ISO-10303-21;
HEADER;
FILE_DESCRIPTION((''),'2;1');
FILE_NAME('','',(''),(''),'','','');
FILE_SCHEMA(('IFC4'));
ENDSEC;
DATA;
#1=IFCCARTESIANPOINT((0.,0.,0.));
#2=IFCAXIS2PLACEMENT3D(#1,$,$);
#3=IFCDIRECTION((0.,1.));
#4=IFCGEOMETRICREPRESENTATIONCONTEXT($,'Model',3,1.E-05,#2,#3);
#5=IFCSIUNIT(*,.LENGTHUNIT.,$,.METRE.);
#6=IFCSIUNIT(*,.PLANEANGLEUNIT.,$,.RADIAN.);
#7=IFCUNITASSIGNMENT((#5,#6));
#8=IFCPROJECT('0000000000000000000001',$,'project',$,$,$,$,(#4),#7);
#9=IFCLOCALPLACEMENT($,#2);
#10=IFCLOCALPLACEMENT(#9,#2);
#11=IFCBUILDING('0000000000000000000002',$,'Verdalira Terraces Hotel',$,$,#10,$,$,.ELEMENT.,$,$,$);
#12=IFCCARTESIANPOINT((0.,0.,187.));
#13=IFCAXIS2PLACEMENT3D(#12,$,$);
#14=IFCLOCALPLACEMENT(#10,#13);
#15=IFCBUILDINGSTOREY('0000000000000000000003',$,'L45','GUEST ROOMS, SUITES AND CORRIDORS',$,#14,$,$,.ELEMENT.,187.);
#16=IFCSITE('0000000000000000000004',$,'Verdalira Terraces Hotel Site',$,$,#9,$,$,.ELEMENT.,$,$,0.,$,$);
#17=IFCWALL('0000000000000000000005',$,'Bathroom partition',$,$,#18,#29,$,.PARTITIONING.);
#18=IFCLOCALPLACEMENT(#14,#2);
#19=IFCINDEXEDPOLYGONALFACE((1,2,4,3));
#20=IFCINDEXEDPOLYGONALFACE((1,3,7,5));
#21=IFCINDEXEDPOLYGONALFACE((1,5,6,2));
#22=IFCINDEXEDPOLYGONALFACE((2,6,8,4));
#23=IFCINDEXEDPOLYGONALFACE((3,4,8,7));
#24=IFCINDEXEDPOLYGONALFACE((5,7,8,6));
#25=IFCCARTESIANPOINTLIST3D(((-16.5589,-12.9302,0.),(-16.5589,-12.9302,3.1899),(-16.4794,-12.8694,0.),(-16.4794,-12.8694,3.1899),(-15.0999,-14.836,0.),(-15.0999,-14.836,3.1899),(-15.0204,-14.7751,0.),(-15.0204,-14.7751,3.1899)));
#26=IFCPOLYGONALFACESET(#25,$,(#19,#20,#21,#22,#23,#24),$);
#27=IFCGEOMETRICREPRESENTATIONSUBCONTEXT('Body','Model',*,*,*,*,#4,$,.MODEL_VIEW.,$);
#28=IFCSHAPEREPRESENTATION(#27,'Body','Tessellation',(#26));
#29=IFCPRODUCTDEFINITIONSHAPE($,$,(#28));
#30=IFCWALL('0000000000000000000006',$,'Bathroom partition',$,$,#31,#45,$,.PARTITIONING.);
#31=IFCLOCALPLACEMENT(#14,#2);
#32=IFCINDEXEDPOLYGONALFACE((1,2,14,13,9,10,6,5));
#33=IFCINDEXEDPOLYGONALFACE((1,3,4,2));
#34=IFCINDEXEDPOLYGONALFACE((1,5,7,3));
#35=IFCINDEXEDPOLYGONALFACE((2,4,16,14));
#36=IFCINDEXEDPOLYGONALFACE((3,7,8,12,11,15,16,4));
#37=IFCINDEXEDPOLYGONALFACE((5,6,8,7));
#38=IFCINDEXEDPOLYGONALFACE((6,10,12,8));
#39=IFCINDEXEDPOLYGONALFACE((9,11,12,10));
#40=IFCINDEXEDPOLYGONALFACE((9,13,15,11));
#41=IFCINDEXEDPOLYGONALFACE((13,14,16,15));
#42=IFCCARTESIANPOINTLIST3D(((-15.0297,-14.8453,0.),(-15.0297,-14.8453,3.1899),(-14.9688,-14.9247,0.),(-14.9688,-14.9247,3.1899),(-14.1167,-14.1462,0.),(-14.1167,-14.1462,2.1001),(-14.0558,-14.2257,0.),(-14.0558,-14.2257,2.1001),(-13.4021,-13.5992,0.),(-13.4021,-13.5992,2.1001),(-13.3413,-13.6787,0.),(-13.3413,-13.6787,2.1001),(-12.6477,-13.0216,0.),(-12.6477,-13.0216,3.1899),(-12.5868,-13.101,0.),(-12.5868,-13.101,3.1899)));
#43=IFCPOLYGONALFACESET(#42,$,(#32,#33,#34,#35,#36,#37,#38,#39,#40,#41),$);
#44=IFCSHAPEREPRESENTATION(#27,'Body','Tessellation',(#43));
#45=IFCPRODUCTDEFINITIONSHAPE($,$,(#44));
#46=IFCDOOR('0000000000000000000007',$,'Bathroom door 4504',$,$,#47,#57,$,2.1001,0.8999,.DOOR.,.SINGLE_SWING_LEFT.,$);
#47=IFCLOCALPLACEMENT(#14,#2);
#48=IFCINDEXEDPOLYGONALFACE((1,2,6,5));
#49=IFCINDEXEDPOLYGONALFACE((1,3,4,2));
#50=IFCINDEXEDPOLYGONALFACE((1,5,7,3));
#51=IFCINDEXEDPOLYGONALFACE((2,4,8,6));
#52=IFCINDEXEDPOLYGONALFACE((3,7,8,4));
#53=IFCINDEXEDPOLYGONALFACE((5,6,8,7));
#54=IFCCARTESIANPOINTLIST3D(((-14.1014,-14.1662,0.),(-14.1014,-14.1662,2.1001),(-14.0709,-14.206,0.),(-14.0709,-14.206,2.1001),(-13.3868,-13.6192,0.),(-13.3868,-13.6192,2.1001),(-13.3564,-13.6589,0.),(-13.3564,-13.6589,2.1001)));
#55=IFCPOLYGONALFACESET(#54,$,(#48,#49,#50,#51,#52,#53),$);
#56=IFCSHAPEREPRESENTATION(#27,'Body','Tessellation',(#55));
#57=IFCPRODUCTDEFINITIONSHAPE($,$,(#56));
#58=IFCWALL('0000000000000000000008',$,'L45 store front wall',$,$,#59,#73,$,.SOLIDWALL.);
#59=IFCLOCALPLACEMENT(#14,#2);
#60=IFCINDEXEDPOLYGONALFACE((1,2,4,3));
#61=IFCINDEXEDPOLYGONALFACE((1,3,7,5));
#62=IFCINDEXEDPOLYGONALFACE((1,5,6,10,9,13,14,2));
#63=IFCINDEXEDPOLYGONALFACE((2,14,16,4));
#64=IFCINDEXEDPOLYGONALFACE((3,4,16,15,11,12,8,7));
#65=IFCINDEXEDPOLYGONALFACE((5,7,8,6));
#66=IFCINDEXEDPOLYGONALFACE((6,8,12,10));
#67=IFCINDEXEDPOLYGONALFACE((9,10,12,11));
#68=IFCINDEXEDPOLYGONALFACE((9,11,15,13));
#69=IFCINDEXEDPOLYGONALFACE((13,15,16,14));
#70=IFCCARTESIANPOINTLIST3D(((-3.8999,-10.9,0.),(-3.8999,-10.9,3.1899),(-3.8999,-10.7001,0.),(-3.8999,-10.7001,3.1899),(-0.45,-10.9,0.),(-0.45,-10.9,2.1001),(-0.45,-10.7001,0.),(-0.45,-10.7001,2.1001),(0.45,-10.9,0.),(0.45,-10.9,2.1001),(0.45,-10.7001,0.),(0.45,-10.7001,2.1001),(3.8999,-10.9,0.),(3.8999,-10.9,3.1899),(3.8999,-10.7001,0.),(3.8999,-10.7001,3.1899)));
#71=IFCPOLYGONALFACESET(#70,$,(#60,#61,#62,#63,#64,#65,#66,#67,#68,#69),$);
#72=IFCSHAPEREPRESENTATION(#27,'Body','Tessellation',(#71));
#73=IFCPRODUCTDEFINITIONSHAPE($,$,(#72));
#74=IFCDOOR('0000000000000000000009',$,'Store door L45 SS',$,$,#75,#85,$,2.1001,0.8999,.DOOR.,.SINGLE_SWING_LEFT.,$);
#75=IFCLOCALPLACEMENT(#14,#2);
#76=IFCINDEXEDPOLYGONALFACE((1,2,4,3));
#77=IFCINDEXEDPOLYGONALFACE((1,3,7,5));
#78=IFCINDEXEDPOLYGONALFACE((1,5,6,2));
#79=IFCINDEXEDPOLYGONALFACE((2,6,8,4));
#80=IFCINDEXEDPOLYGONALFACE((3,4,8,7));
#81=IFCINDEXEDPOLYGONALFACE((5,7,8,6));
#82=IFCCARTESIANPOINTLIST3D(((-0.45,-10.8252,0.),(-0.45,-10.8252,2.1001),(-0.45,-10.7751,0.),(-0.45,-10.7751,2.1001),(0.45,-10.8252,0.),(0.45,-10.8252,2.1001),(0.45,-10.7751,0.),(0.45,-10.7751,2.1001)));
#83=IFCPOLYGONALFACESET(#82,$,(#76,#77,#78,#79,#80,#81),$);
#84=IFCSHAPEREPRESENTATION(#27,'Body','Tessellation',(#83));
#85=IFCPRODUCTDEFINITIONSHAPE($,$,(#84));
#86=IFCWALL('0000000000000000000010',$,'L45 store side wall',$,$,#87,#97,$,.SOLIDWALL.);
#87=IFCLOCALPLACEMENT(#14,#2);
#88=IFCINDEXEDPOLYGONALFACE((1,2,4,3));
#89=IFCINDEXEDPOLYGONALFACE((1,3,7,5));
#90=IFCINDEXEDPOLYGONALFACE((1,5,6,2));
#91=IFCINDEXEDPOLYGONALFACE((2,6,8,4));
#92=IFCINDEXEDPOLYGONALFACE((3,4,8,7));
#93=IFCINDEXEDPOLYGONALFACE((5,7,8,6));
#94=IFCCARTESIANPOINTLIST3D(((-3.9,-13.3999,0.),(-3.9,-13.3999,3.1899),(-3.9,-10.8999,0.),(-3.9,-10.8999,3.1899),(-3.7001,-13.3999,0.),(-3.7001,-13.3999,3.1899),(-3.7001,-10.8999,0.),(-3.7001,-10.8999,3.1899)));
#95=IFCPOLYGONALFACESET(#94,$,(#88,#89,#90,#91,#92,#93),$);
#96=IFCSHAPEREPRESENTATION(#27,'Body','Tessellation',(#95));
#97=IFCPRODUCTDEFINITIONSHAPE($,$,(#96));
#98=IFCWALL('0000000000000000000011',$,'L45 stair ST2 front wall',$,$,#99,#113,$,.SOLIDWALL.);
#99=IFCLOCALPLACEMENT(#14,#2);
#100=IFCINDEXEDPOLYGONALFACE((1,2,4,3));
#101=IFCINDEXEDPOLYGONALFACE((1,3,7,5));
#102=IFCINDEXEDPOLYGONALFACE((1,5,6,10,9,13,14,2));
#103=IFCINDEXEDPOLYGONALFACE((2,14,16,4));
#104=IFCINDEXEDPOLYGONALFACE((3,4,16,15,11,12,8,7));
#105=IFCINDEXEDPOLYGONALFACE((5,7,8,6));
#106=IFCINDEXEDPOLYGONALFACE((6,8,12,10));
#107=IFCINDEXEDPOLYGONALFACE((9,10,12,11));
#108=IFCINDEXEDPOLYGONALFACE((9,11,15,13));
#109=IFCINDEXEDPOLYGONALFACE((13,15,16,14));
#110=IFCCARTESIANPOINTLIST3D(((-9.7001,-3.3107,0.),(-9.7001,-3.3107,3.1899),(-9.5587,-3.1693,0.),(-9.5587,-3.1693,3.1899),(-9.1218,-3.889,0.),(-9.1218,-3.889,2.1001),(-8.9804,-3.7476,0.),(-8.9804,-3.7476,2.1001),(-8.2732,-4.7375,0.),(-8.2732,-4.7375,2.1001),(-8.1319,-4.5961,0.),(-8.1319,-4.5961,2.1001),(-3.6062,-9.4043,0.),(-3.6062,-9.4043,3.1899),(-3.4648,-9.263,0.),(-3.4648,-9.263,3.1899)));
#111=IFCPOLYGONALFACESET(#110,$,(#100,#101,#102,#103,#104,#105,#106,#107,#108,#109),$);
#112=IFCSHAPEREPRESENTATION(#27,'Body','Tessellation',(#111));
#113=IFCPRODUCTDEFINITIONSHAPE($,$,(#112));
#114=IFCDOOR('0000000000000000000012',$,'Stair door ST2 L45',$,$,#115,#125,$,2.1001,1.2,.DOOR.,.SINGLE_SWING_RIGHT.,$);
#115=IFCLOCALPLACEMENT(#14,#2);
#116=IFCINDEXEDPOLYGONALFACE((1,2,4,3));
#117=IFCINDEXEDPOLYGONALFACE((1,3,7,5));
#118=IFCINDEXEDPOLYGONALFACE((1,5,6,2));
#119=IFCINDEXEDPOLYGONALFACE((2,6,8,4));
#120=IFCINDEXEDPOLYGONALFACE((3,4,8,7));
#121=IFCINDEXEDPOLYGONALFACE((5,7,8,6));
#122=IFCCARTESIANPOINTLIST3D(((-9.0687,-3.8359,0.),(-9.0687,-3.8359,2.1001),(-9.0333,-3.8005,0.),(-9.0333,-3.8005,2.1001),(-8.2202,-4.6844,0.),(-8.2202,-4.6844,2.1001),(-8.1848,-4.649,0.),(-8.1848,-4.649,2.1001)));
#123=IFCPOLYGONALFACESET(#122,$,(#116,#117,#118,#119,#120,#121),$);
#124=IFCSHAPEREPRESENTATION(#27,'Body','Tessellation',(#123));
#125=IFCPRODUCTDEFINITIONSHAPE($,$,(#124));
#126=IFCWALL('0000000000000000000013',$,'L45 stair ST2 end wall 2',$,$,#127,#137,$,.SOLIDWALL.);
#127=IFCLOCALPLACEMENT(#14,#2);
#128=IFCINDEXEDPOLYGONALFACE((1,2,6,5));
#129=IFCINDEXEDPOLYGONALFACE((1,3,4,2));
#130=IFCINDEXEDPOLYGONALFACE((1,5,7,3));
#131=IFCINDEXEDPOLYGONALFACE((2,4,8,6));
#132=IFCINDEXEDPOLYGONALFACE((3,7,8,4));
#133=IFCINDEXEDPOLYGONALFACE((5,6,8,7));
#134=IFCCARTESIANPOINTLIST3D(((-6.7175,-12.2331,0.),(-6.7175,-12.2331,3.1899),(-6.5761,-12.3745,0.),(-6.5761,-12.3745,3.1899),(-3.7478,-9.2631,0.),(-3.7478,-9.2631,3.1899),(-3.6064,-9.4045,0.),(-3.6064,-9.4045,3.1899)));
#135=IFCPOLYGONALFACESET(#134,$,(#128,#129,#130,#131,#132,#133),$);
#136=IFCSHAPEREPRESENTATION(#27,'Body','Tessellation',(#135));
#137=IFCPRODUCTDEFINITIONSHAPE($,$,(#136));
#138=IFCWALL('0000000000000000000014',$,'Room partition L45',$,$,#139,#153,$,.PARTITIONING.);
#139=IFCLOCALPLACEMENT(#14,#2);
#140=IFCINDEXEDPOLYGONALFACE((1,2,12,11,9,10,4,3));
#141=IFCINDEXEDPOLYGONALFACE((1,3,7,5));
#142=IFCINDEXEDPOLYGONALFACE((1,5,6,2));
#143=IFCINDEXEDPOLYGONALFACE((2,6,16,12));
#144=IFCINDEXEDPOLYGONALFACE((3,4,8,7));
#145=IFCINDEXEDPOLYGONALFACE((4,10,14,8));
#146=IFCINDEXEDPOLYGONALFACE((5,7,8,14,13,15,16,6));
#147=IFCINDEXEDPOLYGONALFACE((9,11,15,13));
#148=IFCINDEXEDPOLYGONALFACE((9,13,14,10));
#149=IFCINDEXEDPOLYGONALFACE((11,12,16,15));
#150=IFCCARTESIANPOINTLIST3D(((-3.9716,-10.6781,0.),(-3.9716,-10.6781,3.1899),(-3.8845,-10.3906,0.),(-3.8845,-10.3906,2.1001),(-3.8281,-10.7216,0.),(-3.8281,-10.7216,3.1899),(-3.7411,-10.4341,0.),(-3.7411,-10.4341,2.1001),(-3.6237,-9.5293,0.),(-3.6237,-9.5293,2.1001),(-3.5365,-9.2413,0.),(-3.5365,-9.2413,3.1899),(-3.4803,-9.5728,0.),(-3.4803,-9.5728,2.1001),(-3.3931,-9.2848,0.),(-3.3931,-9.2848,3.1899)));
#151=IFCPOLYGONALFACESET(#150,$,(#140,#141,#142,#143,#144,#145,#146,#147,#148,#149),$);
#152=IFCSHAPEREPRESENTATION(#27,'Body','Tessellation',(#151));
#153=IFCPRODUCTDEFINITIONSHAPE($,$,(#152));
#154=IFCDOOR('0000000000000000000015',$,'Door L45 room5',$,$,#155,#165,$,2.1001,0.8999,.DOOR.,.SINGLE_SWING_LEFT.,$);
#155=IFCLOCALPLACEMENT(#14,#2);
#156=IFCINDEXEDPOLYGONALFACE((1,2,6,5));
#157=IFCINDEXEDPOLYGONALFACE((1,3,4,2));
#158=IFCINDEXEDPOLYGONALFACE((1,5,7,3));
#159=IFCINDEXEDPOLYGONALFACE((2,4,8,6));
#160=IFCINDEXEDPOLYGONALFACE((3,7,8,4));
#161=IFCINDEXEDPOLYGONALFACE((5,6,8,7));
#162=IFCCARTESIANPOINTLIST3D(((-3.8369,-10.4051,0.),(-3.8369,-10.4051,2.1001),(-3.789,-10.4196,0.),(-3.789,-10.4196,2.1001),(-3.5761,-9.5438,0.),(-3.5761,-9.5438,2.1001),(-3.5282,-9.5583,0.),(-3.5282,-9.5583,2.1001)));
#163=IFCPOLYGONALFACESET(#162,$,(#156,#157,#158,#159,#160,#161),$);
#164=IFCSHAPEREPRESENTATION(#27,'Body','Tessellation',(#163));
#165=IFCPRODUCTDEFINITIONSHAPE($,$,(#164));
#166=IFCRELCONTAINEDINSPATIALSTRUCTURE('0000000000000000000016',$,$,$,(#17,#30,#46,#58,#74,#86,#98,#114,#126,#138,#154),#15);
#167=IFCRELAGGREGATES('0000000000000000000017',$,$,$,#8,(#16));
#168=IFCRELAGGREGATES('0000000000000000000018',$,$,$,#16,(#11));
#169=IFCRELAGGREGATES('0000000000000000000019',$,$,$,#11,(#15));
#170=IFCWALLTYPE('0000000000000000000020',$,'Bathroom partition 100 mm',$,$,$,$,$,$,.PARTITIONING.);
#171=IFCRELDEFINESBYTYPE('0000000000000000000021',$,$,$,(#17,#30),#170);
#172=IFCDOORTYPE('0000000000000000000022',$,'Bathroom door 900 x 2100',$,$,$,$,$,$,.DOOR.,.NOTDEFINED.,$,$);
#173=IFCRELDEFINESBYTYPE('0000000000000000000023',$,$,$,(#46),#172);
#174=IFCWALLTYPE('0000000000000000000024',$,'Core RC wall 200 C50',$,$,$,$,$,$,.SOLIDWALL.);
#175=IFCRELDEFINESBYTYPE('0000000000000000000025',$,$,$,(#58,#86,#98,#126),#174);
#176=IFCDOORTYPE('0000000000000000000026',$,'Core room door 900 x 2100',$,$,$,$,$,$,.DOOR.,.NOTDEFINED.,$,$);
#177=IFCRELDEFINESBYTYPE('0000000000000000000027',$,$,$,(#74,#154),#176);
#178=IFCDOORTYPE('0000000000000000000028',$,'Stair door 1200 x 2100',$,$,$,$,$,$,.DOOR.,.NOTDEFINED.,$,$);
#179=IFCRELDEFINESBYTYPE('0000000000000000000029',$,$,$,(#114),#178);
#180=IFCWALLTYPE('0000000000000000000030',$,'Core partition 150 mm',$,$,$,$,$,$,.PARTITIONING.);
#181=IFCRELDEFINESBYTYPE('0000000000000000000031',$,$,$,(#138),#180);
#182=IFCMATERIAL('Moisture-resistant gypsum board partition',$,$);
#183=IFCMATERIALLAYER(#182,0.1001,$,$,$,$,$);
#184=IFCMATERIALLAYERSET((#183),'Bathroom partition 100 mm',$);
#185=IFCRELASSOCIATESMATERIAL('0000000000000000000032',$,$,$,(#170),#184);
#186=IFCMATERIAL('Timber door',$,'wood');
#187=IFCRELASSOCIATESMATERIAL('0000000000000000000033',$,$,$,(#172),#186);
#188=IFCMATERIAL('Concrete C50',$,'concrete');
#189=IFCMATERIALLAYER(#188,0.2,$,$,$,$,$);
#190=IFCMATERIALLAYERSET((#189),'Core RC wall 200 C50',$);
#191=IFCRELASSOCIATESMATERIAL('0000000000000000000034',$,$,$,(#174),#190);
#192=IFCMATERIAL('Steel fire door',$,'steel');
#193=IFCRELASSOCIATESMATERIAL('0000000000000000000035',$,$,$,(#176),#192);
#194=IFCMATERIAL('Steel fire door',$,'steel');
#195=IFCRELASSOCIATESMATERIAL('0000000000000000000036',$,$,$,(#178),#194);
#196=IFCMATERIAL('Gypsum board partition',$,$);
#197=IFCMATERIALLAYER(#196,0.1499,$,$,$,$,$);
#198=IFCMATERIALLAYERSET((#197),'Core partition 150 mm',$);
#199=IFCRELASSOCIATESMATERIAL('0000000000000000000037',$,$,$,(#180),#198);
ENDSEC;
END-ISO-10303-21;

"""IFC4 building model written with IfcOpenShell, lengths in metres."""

from ifc_helpers import new_model, si_unit, direction, frame, frame_2d, origin, place, context, subcontext, project, spatial, rectangle, extrude, material, layer, layer_set, type_object, element, fill, save


model = new_model("IFC4")

# Units and contexts
model_context = context("Model", 3, precision=1e-05, world=origin(), true_north=direction((0.0, 1.0)))
body_context = subcontext(model_context, "Body", "Model", "MODEL_VIEW")
ifc_project = project(units=[si_unit("LENGTHUNIT", "METRE"), si_unit("PLANEANGLEUNIT", "RADIAN")], contexts=[model_context])

# Site, building, storey
site_placement = place(None, origin())
site = spatial("IfcSite", under=ifc_project, at=site_placement, Name="Verdalira Terraces Hotel Site", CompositionType="ELEMENT", RefElevation=0.0)
building_placement = place(site_placement, origin())
building = spatial("IfcBuilding", under=site, at=building_placement, Name="Verdalira Terraces Hotel", CompositionType="ELEMENT")
storey_placement = place(building_placement, frame((0.0, 0.0, 187.0)))
storey = spatial("IfcBuildingStorey", under=building, at=storey_placement, Name="L45", Description="GUEST ROOMS, SUITES AND CORRIDORS", CompositionType="ELEMENT", Elevation=187.0)

# Wall
ifc_material_1 = material(Name="Moisture-resistant gypsum board partition")
ifc_layer_1 = layer(ifc_material_1, 0.1001)
ifc_layer_set_1 = layer_set([ifc_layer_1], Name="Bathroom partition 100 mm")
wall_type_1 = type_object("IfcWallType", Name="Bathroom partition 100 mm", PredefinedType="PARTITIONING", material=ifc_layer_set_1)
wall_1_placement = place(storey_placement, frame((-15.0601, -14.8057, 0.0), z_axis=(0.0, 0.0, 1.0), x_axis=(-0.60788, 0.794029, 0.0)))
element("IfcWall", 1, at=wall_1_placement, inside=storey, type_object=wall_type_1, Name="Bathroom partition", PredefinedType="PARTITIONING", context=body_context, shape_type="SweptSolid", body=[
    extrude(rectangle(XDim=2.4001, YDim=0.1001, at=frame_2d((1.2002, 0.0))), origin(), (0.0, 0.0, 1.0), 3.1899),
])

# Walls, openings, doors
wall_2_placement = place(storey_placement, frame((-14.9993, -14.885, 0.0), z_axis=(0.0, 0.0, 1.0), x_axis=(0.794014, 0.6079, 0.0)))
wall_2 = element("IfcWall", 2, at=wall_2_placement, inside=storey, type_object=wall_type_1, Name="Bathroom partition", PredefinedType="PARTITIONING", context=body_context, shape_type="SweptSolid", body=[
    extrude(rectangle(XDim=3.0, YDim=0.1001, at=frame_2d((1.5, 0.0))), origin(), (0.0, 0.0, 1.0), 3.1899),
])
opening_1_placement = place(wall_2_placement, frame((1.1499, 0.0, 0.0)))
opening_1 = element("IfcOpeningElement", 3, at=opening_1_placement, cuts=wall_2, PredefinedType="OPENING", context=body_context, shape_type="SweptSolid", body=[
    extrude(rectangle(XDim=0.8999, YDim=2.1001, at=frame_2d((0.45, 1.05))), frame((0.0, 0.0601, 0.0), z_axis=(0.0, -1.0, 0.0), x_axis=(1.0, 0.0, 0.0)), (0.0, 0.0, 1.0), 0.1201),
])
ifc_material_2 = material(Name="Timber door", Category="wood")
door_type_1 = type_object("IfcDoorType", Name="Bathroom door 900 x 2100", OperationType="NOTDEFINED", PredefinedType="DOOR", material=ifc_material_2)
door_1_placement = place(opening_1_placement, origin())
door_1 = element("IfcDoor", 4, at=door_1_placement, inside=storey, type_object=door_type_1, Name="Bathroom door 4504", OperationType="SINGLE_SWING_LEFT", OverallHeight=2.1001, OverallWidth=0.8999, PredefinedType="DOOR", context=body_context, shape_type="SweptSolid", body=[
    extrude(rectangle(XDim=0.8999, YDim=2.1001, at=frame_2d((0.45, 1.05))), frame((0.0, 0.0249, 0.0), z_axis=(0.0, -1.0, 0.0), x_axis=(1.0, 0.0, 0.0)), (0.0, 0.0, 1.0), 0.05),
])
fill(opening_1, door_1)
ifc_material_3 = material(Name="Concrete C50", Category="concrete")
ifc_layer_2 = layer(ifc_material_3, 0.2)
ifc_layer_set_2 = layer_set([ifc_layer_2], Name="Core RC wall 200 C50")
wall_type_2 = type_object("IfcWallType", Name="Core RC wall 200 C50", PredefinedType="SOLIDWALL", material=ifc_layer_set_2)
wall_3_placement = place(storey_placement, frame((-3.8999, -10.8, 0.0), z_axis=(0.0, 0.0, 1.0), x_axis=(1.0, 0.0, 0.0)))
wall_3 = element("IfcWall", 5, at=wall_3_placement, inside=storey, type_object=wall_type_2, Name="L45 store front wall", PredefinedType="SOLIDWALL", context=body_context, shape_type="SweptSolid", body=[
    extrude(rectangle(XDim=7.7998, YDim=0.2, at=frame_2d((3.8999, 0.0))), origin(), (0.0, 0.0, 1.0), 3.1899),
])
opening_2_placement = place(wall_3_placement, frame((3.45, 0.0, 0.0)))
opening_2 = element("IfcOpeningElement", 6, at=opening_2_placement, cuts=wall_3, PredefinedType="OPENING", context=body_context, shape_type="SweptSolid", body=[
    extrude(rectangle(XDim=0.8999, YDim=2.1001, at=frame_2d((0.45, 1.05))), frame((0.0, 0.1099, 0.0), z_axis=(0.0, -1.0, 0.0), x_axis=(1.0, 0.0, 0.0)), (0.0, 0.0, 1.0), 0.22),
])
ifc_material_4 = material(Name="Steel fire door", Category="steel")
door_type_2 = type_object("IfcDoorType", Name="Core room door 900 x 2100", OperationType="NOTDEFINED", PredefinedType="DOOR", material=ifc_material_4)
door_2_placement = place(opening_2_placement, origin())
door_2 = element("IfcDoor", 7, at=door_2_placement, inside=storey, type_object=door_type_2, Name="Store door L45 SS", OperationType="SINGLE_SWING_LEFT", OverallHeight=2.1001, OverallWidth=0.8999, PredefinedType="DOOR", context=body_context, shape_type="SweptSolid", body=[
    extrude(rectangle(XDim=0.8999, YDim=2.1001, at=frame_2d((0.45, 1.05))), frame((0.0, 0.0249, 0.0), z_axis=(0.0, -1.0, 0.0), x_axis=(1.0, 0.0, 0.0)), (0.0, 0.0, 1.0), 0.05),
])
fill(opening_2, door_2)

# Wall
wall_4_placement = place(storey_placement, frame((-3.8, -10.8999, 0.0), z_axis=(0.0, 0.0, 1.0), x_axis=(0.0, -1.0, 0.0)))
element("IfcWall", 8, at=wall_4_placement, inside=storey, type_object=wall_type_2, Name="L45 store side wall", PredefinedType="SOLIDWALL", context=body_context, shape_type="SweptSolid", body=[
    extrude(rectangle(XDim=2.5, YDim=0.2, at=frame_2d((1.25, 0.0))), origin(), (0.0, 0.0, 1.0), 3.1899),
])

# Wall, opening, door
wall_5_placement = place(storey_placement, frame((-3.5354, -9.3337, 0.0), z_axis=(0.0, 0.0, 1.0), x_axis=(-0.707121, 0.707093, 0.0)))
wall_5 = element("IfcWall", 9, at=wall_5_placement, inside=storey, type_object=wall_type_2, Name="L45 stair ST2 front wall", PredefinedType="SOLIDWALL", context=body_context, shape_type="SweptSolid", body=[
    extrude(rectangle(XDim=8.6179, YDim=0.2, at=frame_2d((4.3091, 0.0))), origin(), (0.0, 0.0, 1.0), 3.1899),
])
opening_3_placement = place(wall_5_placement, frame((6.6001, 0.0, 0.0)))
opening_3 = element("IfcOpeningElement", 10, at=opening_3_placement, cuts=wall_5, PredefinedType="OPENING", context=body_context, shape_type="SweptSolid", body=[
    extrude(rectangle(XDim=1.2, YDim=2.1001, at=frame_2d((0.6001, 1.05))), frame((0.0, 0.1099, 0.0), z_axis=(0.0, -1.0, 0.0), x_axis=(1.0, 0.0, 0.0)), (0.0, 0.0, 1.0), 0.22),
])
ifc_material_5 = material(Name="Steel fire door", Category="steel")
door_type_3 = type_object("IfcDoorType", Name="Stair door 1200 x 2100", OperationType="NOTDEFINED", PredefinedType="DOOR", material=ifc_material_5)
door_3_placement = place(opening_3_placement, origin())
door_3 = element("IfcDoor", 11, at=door_3_placement, inside=storey, type_object=door_type_3, Name="Stair door ST2 L45", OperationType="SINGLE_SWING_RIGHT", OverallHeight=2.1001, OverallWidth=1.2, PredefinedType="DOOR", context=body_context, shape_type="SweptSolid", body=[
    extrude(rectangle(XDim=1.2, YDim=2.1001, at=frame_2d((0.6001, 1.05))), frame((0.0, 0.0249, 0.0), z_axis=(0.0, -1.0, 0.0), x_axis=(1.0, 0.0, 0.0)), (0.0, 0.0, 1.0), 0.05),
])
fill(opening_3, door_3)

# Wall
wall_6_placement = place(storey_placement, frame((-3.677, -9.3337, 0.0), z_axis=(0.0, 0.0, 1.0), x_axis=(-0.707078, -0.707136, 0.0)))
element("IfcWall", 12, at=wall_6_placement, inside=storey, type_object=wall_type_2, Name="L45 stair ST2 end wall 2", PredefinedType="SOLIDWALL", context=body_context, shape_type="SweptSolid", body=[
    extrude(rectangle(XDim=4.2, YDim=0.2, at=frame_2d((2.1001, 0.0))), origin(), (0.0, 0.0, 1.0), 3.1899),
])

# Wall, opening, door
ifc_material_6 = material(Name="Gypsum board partition")
ifc_layer_3 = layer(ifc_material_6, 0.1499)
ifc_layer_set_3 = layer_set([ifc_layer_3], Name="Core partition 150 mm")
wall_type_3 = type_object("IfcWallType", Name="Core partition 150 mm", PredefinedType="PARTITIONING", material=ifc_layer_set_3)
wall_7_placement = place(storey_placement, frame((-3.4648, -9.2632, 0.0), z_axis=(0.0, 0.0, 1.0), x_axis=(-0.289809, -0.957085, 0.0)))
wall_7 = element("IfcWall", 13, at=wall_7_placement, inside=storey, type_object=wall_type_3, Name="Room partition L45", PredefinedType="PARTITIONING", context=body_context, shape_type="SweptSolid", body=[
    extrude(rectangle(XDim=1.5012, YDim=0.1499, at=frame_2d((0.7505, 0.0))), origin(), (0.0, 0.0, 1.0), 3.1899),
])
opening_4_placement = place(wall_7_placement, frame((0.3008, 0.0, 0.0)))
opening_4 = element("IfcOpeningElement", 14, at=opening_4_placement, cuts=wall_7, PredefinedType="OPENING", context=body_context, shape_type="SweptSolid", body=[
    extrude(rectangle(XDim=0.8999, YDim=2.1001, at=frame_2d((0.45, 1.05))), frame((0.0, 0.085, 0.0), z_axis=(0.0, -1.0, 0.0), x_axis=(1.0, 0.0, 0.0)), (0.0, 0.0, 1.0), 0.1699),
])
door_4_placement = place(opening_4_placement, origin())
door_4 = element("IfcDoor", 15, at=door_4_placement, inside=storey, type_object=door_type_2, Name="Door L45 room5", OperationType="SINGLE_SWING_LEFT", OverallHeight=2.1001, OverallWidth=0.8999, PredefinedType="DOOR", context=body_context, shape_type="SweptSolid", body=[
    extrude(rectangle(XDim=0.8999, YDim=2.1001, at=frame_2d((0.45, 1.05))), frame((0.0, 0.0249, 0.0), z_axis=(0.0, -1.0, 0.0), x_axis=(1.0, 0.0, 0.0)), (0.0, 0.0, 1.0), 0.05),
])
fill(opening_4, door_4)

save(model, "model.ifc")
